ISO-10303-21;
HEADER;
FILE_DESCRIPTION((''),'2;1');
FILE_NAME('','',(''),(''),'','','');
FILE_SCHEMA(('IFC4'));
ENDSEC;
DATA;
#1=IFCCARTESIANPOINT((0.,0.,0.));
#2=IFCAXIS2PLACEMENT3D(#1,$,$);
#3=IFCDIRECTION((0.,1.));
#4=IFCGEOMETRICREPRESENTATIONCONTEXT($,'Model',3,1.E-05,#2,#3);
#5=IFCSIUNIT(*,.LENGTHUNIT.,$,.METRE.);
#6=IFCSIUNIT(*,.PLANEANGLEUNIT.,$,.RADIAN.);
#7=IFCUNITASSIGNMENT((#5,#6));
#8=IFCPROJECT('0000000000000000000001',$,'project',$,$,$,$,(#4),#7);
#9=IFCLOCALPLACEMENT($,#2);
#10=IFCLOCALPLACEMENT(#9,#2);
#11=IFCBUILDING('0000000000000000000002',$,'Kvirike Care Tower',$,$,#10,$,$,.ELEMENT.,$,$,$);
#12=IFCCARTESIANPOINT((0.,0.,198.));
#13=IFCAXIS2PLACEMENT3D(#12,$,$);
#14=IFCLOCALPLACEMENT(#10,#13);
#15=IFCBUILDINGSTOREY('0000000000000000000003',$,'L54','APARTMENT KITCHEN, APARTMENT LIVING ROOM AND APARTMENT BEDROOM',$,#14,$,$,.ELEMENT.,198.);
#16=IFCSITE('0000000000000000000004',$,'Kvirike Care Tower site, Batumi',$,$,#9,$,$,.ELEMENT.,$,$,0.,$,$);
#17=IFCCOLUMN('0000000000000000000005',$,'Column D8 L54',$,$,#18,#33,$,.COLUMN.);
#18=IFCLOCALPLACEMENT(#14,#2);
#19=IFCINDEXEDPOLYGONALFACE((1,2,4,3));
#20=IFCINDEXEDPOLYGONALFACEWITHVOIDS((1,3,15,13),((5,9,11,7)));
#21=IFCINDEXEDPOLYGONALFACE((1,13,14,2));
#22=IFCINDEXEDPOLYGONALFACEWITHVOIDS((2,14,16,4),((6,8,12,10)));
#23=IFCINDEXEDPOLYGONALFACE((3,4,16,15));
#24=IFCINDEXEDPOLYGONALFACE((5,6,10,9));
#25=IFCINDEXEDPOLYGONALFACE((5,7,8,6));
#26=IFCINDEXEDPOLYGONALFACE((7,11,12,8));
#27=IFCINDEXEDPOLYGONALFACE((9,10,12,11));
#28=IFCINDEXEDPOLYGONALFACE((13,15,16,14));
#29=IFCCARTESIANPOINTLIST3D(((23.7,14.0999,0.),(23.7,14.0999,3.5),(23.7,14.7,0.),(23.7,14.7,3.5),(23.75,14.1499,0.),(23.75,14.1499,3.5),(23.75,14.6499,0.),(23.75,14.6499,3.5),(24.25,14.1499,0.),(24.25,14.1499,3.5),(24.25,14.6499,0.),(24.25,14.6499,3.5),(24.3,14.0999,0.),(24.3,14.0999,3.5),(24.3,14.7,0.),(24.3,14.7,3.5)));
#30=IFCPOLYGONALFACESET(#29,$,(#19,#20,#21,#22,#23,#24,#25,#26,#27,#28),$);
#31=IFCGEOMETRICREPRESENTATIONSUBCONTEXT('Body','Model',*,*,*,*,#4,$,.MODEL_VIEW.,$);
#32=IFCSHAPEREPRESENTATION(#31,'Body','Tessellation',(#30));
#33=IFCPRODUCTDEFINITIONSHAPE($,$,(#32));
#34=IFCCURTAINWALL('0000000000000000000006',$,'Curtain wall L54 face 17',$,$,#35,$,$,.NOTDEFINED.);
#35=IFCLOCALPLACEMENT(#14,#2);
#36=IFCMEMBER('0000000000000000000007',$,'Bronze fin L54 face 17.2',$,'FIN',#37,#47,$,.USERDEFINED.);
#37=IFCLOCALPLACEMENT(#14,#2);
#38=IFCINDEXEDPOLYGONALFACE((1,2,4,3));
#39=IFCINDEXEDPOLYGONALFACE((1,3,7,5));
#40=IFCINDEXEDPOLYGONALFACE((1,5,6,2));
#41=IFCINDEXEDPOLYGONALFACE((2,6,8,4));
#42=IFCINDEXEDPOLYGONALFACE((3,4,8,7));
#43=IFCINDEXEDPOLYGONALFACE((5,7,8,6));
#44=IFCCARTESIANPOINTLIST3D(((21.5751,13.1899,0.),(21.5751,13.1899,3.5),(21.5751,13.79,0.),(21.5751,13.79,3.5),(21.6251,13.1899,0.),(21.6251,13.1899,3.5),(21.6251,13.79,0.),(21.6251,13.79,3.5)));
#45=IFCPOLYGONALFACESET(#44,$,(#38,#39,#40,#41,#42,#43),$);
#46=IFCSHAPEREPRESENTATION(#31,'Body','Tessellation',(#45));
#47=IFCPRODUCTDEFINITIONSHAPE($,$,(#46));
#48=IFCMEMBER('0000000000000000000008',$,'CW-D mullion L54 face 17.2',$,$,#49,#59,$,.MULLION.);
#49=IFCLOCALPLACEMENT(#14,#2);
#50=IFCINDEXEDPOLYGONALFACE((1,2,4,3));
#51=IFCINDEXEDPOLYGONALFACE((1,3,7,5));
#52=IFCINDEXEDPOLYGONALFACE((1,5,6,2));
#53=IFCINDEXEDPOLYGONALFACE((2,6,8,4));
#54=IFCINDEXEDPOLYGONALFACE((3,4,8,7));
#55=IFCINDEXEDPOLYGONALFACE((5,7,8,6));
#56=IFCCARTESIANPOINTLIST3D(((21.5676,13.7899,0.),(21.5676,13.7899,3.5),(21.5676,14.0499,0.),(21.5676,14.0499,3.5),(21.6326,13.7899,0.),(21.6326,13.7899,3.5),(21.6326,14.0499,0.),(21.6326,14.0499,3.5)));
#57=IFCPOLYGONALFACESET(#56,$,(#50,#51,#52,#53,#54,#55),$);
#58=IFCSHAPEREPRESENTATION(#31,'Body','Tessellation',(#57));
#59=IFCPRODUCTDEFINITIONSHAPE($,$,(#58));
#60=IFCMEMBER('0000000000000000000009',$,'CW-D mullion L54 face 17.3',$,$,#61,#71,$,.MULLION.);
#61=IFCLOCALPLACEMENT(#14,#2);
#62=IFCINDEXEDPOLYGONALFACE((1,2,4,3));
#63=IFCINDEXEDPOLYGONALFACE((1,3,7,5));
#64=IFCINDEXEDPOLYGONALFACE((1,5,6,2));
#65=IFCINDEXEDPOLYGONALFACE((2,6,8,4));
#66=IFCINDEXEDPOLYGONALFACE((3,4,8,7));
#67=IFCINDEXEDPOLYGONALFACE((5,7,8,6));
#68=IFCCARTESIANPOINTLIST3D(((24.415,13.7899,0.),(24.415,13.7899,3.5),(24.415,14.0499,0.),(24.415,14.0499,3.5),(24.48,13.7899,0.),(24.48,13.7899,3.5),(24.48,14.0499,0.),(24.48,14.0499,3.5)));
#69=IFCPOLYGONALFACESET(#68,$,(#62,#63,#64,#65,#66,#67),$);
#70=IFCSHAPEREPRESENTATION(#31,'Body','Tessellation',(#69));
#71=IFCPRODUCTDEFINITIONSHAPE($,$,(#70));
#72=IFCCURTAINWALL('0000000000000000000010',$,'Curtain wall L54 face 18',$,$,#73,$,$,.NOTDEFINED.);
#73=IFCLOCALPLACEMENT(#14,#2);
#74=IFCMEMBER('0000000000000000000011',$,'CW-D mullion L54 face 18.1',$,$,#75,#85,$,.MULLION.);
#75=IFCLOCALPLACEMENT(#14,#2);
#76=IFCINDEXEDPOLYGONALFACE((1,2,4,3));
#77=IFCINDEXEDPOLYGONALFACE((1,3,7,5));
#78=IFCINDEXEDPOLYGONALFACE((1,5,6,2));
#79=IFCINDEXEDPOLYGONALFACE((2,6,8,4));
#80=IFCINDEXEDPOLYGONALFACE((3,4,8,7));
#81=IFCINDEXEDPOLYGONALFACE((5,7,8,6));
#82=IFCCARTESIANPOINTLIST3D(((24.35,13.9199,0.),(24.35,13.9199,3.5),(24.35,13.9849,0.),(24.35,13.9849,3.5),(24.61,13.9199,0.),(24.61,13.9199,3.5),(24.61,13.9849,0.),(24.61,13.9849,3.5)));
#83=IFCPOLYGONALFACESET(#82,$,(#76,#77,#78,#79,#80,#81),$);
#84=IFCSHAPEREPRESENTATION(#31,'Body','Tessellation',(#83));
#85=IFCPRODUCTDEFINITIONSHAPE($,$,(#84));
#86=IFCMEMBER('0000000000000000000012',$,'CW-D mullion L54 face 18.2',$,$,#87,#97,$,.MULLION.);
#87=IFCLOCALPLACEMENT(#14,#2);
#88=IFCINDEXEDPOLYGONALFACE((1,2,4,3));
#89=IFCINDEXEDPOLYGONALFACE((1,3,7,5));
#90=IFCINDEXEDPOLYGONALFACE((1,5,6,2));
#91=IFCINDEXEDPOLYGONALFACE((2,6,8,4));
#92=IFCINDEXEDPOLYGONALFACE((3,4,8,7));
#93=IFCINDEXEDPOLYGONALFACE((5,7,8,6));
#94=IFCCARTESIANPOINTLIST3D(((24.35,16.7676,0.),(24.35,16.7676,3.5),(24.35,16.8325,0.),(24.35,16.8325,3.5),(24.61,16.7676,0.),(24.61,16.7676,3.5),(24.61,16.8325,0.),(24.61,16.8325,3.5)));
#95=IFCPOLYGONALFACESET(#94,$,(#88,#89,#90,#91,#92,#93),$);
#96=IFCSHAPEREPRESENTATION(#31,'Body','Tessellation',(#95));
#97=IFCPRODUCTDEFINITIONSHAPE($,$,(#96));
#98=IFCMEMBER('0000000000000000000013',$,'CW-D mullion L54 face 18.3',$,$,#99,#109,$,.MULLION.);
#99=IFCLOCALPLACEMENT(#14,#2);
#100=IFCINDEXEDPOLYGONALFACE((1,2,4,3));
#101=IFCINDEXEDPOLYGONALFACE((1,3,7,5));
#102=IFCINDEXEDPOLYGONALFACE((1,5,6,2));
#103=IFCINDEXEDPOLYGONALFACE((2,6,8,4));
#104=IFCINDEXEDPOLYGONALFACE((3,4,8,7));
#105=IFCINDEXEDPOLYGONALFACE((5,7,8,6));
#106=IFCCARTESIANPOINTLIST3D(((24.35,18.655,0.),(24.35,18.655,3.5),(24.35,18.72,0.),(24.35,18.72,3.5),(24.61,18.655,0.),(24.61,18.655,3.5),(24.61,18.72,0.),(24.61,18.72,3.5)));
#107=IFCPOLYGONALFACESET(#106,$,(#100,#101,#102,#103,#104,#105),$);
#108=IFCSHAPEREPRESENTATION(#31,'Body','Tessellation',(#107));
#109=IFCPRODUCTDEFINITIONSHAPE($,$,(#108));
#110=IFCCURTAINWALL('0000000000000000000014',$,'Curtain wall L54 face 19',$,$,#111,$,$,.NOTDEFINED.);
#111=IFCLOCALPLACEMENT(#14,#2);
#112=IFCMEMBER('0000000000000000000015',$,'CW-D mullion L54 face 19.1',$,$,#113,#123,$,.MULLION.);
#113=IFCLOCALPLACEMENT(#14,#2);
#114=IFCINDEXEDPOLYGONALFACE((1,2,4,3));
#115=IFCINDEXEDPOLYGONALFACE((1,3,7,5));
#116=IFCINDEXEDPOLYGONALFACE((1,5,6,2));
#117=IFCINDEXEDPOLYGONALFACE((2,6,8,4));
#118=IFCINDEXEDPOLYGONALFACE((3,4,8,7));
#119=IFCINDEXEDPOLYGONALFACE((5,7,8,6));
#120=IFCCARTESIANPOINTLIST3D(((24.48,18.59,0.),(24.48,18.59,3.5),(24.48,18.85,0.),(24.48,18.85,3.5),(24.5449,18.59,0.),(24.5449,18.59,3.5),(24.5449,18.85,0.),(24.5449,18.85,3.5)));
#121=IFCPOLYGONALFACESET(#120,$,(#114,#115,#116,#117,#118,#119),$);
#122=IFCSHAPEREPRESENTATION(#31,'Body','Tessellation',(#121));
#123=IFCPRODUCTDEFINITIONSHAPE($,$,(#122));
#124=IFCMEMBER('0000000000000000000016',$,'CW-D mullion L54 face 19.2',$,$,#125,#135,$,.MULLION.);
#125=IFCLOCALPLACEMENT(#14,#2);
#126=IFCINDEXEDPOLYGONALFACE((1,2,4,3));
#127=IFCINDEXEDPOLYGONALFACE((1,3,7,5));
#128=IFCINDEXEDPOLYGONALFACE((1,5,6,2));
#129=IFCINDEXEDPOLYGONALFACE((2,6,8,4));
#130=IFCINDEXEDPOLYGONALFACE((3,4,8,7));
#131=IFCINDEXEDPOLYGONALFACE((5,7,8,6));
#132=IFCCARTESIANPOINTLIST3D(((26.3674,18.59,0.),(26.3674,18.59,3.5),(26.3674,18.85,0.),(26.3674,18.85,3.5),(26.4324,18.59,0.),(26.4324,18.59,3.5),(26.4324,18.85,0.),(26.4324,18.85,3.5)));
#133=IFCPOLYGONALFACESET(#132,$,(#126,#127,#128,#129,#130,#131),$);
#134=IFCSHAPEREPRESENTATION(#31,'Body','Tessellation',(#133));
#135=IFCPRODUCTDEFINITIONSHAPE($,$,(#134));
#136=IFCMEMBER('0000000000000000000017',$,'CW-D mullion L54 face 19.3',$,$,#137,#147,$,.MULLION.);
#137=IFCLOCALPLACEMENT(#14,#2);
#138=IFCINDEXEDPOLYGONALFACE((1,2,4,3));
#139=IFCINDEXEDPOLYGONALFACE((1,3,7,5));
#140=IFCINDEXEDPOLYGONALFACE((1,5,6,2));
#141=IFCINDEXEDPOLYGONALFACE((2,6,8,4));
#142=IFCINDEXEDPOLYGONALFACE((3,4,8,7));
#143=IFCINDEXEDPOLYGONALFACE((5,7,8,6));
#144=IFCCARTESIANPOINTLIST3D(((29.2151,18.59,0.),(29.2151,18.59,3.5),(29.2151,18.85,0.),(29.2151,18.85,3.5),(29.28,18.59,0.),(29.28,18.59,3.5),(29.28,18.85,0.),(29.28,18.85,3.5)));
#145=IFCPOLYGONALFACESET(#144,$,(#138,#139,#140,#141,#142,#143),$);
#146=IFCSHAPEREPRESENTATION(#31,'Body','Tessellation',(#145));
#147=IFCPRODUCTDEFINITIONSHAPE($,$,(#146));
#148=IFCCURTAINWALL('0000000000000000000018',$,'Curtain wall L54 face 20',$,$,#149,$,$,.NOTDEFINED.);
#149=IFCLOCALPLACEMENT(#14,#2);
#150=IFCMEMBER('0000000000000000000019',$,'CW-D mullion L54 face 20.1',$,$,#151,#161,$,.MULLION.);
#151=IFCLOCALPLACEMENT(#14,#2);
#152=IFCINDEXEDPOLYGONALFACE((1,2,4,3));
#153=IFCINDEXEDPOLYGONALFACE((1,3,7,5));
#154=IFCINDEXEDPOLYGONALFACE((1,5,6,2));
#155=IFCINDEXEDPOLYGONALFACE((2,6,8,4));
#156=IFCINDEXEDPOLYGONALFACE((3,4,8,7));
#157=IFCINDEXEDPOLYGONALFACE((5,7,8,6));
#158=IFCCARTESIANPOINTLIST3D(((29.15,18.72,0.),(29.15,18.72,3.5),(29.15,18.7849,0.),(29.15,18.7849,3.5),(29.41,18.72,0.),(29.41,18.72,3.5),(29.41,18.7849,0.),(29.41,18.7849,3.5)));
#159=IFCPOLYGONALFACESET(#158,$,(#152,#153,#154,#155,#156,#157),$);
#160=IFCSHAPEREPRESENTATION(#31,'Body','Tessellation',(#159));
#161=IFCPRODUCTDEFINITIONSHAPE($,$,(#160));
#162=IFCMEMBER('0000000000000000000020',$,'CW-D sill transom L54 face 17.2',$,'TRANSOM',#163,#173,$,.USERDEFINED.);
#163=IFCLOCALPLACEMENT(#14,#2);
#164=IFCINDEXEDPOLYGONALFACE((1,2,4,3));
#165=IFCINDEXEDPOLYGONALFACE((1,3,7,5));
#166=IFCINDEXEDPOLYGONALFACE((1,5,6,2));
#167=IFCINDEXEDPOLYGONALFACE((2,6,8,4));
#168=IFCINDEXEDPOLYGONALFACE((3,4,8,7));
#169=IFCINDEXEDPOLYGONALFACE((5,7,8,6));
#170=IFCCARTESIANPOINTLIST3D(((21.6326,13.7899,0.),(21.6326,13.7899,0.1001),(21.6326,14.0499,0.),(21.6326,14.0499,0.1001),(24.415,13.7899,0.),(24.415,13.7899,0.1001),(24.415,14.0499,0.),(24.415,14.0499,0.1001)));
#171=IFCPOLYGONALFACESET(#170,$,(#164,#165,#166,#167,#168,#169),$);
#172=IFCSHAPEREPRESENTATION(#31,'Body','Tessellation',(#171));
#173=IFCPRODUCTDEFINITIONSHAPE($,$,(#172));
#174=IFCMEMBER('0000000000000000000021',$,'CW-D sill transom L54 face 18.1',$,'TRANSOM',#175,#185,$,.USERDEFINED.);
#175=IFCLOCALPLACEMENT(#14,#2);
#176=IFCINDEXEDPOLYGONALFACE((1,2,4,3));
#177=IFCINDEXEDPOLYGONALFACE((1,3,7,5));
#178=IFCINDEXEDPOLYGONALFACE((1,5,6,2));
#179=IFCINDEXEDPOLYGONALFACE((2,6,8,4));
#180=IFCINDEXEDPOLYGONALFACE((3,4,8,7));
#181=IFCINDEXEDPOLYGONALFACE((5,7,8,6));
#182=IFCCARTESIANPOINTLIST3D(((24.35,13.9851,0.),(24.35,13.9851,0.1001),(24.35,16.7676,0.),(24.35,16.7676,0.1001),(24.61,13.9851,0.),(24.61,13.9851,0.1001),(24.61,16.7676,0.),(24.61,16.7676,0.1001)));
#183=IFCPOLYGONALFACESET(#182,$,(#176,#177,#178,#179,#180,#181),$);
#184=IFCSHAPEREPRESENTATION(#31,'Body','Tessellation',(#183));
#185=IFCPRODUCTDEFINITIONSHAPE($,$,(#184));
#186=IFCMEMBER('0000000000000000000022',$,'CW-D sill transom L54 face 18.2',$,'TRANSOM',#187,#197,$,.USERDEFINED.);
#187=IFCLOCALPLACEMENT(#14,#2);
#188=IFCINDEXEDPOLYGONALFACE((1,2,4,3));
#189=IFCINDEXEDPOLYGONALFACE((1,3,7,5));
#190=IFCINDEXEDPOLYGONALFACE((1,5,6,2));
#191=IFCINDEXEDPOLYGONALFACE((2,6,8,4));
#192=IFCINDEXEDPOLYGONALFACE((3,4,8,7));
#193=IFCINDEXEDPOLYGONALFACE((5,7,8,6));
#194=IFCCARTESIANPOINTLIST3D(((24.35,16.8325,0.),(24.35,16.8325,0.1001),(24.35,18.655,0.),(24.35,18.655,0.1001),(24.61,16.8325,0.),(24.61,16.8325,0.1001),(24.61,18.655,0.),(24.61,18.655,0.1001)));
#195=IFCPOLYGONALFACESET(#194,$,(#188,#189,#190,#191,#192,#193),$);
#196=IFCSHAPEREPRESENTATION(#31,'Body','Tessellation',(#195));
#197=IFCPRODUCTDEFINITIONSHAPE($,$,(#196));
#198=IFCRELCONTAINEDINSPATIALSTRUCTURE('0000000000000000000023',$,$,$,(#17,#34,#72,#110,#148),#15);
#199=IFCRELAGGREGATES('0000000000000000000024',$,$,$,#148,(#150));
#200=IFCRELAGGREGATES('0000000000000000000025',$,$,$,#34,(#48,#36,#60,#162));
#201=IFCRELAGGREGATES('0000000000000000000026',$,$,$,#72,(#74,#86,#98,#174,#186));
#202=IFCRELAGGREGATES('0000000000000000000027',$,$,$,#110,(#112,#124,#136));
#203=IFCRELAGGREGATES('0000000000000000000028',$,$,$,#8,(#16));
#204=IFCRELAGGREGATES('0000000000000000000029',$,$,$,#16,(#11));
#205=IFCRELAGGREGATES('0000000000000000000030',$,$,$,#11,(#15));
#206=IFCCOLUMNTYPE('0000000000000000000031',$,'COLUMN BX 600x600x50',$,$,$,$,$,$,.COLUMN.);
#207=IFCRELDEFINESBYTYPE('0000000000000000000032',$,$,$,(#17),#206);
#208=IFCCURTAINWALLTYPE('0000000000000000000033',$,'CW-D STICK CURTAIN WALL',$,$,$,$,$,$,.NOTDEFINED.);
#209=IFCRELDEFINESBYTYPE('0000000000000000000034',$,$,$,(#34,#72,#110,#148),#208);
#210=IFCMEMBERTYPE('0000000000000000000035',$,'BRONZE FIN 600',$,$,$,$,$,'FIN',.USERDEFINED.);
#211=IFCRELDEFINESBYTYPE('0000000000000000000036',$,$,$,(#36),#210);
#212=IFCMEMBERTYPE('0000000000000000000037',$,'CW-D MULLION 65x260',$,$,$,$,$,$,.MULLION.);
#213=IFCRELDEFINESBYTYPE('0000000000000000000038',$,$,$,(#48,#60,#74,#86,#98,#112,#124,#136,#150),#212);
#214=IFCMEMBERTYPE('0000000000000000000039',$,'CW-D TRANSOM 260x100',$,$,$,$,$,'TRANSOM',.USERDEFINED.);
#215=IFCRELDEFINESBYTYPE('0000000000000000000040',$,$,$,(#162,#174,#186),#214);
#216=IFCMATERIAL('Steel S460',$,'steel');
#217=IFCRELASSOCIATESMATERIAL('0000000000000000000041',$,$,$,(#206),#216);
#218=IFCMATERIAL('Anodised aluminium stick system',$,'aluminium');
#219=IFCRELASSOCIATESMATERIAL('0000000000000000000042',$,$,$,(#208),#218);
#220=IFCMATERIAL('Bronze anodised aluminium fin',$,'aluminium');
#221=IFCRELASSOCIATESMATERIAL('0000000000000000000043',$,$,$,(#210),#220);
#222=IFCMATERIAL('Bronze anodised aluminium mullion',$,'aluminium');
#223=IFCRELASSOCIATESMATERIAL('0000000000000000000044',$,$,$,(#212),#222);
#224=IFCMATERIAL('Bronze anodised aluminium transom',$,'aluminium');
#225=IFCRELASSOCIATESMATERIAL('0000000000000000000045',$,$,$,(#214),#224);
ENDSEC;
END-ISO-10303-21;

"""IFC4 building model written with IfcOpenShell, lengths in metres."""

from ifc_helpers import new_model, si_unit, direction, frame, origin, origin_2d, place, context, subcontext, project, spatial, rectangle, hollow_rectangle, extrude, material, material_profile, profile_set, type_object, element, aggregate, save


model = new_model("IFC4")

# Units and contexts
model_context = context("Model", 3, precision=1e-05, world=origin(), true_north=direction((0.0, 1.0)))
body_context = subcontext(model_context, "Body", "Model", "MODEL_VIEW")
ifc_project = project(units=[si_unit("LENGTHUNIT", "METRE"), si_unit("PLANEANGLEUNIT", "RADIAN")], contexts=[model_context])

# Site, building, storey
site_placement = place(None, origin())
site = spatial("IfcSite", under=ifc_project, at=site_placement, Name="Kvirike Care Tower site, Batumi", CompositionType="ELEMENT", RefElevation=0.0)
building_placement = place(site_placement, origin())
building = spatial("IfcBuilding", under=site, at=building_placement, Name="Kvirike Care Tower", CompositionType="ELEMENT")
storey_placement = place(building_placement, frame((0.0, 0.0, 198.0)))
storey = spatial("IfcBuildingStorey", under=building, at=storey_placement, Name="L54", Description="APARTMENT KITCHEN, APARTMENT LIVING ROOM AND APARTMENT BEDROOM", CompositionType="ELEMENT", Elevation=198.0)

# Column
ifc_material_1 = material(Name="Steel S460", Category="steel")
ifc_material_profile_1 = material_profile(ifc_material_1, hollow_rectangle(XDim=0.6001, YDim=0.6001, WallThickness=0.05, at=origin_2d()), Name="BX 600x600x50")
ifc_profile_set_1 = profile_set([ifc_material_profile_1], Name="Steel S460")
column_type = type_object("IfcColumnType", Name="COLUMN BX 600x600x50", PredefinedType="COLUMN", material=ifc_profile_set_1)
column_placement = place(storey_placement, frame((24.0, 14.3999, 0.0), z_axis=(0.0, 0.0, 1.0), x_axis=(0.0, 1.0, 0.0)))
element("IfcColumn", 1, at=column_placement, inside=storey, type_object=column_type, Name="Column D8 L54", PredefinedType="COLUMN", context=body_context, shape_type="SweptSolid", body=[
    extrude(hollow_rectangle(XDim=0.6001, YDim=0.6001, WallThickness=0.05, at=origin_2d()), origin(), (0.0, 0.0, 1.0), 3.5),
])

# Curtain walls, members
ifc_material_2 = material(Name="Anodised aluminium stick system", Category="aluminium")
curtain_wall_type = type_object("IfcCurtainWallType", Name="CW-D STICK CURTAIN WALL", PredefinedType="NOTDEFINED", material=ifc_material_2)
curtain_wall_1_placement = place(storey_placement, origin())
curtain_wall_1 = element("IfcCurtainWall", 2, at=curtain_wall_1_placement, inside=storey, type_object=curtain_wall_type, Name="Curtain wall L54 face 17", PredefinedType="NOTDEFINED")
ifc_material_3 = material(Name="Bronze anodised aluminium fin", Category="aluminium")
ifc_material_profile_2 = material_profile(ifc_material_3, rectangle(XDim=0.05, YDim=0.6001, at=origin_2d()), Name="BRONZE FIN 600")
ifc_profile_set_2 = profile_set([ifc_material_profile_2], Name="Bronze anodised aluminium fin")
member_type_1 = type_object("IfcMemberType", Name="BRONZE FIN 600", ElementType="FIN", PredefinedType="USERDEFINED", material=ifc_profile_set_2)
member_1_placement = place(storey_placement, frame((21.6001, 13.49, 0.0), z_axis=(0.0, 0.0, 1.0), x_axis=(1.0, 0.0, 0.0)))
member_1 = element("IfcMember", 3, at=member_1_placement, type_object=member_type_1, Name="Bronze fin L54 face 17.2", ObjectType="FIN", PredefinedType="USERDEFINED", context=body_context, shape_type="SweptSolid", body=[
    extrude(rectangle(XDim=0.05, YDim=0.6001, at=origin_2d()), origin(), (0.0, 0.0, 1.0), 3.5),
])
ifc_material_4 = material(Name="Bronze anodised aluminium mullion", Category="aluminium")
ifc_material_profile_3 = material_profile(ifc_material_4, rectangle(XDim=0.0649, YDim=0.26, at=origin_2d()), Name="CW-D MULLION 65x260")
ifc_profile_set_3 = profile_set([ifc_material_profile_3], Name="Bronze anodised aluminium mullion")
member_type_2 = type_object("IfcMemberType", Name="CW-D MULLION 65x260", PredefinedType="MULLION", material=ifc_profile_set_3)
member_2_placement = place(storey_placement, frame((21.6001, 13.9199, 0.0), z_axis=(0.0, 0.0, 1.0), x_axis=(1.0, 0.0, 0.0)))
member_2 = element("IfcMember", 4, at=member_2_placement, type_object=member_type_2, Name="CW-D mullion L54 face 17.2", PredefinedType="MULLION", context=body_context, shape_type="SweptSolid", body=[
    extrude(rectangle(XDim=0.0649, YDim=0.26, at=origin_2d()), origin(), (0.0, 0.0, 1.0), 3.5),
])
member_3_placement = place(storey_placement, frame((24.4475, 13.9199, 0.0), z_axis=(0.0, 0.0, 1.0), x_axis=(1.0, 0.0, 0.0)))
member_3 = element("IfcMember", 5, at=member_3_placement, type_object=member_type_2, Name="CW-D mullion L54 face 17.3", PredefinedType="MULLION", context=body_context, shape_type="SweptSolid", body=[
    extrude(rectangle(XDim=0.0649, YDim=0.26, at=origin_2d()), origin(), (0.0, 0.0, 1.0), 3.5),
])
curtain_wall_2_placement = place(storey_placement, origin())
curtain_wall_2 = element("IfcCurtainWall", 6, at=curtain_wall_2_placement, inside=storey, type_object=curtain_wall_type, Name="Curtain wall L54 face 18", PredefinedType="NOTDEFINED")
member_4_placement = place(storey_placement, frame((24.48, 13.9524, 0.0), z_axis=(0.0, 0.0, 1.0), x_axis=(0.0, 1.0, 0.0)))
member_4 = element("IfcMember", 7, at=member_4_placement, type_object=member_type_2, Name="CW-D mullion L54 face 18.1", PredefinedType="MULLION", context=body_context, shape_type="SweptSolid", body=[
    extrude(rectangle(XDim=0.0649, YDim=0.26, at=origin_2d()), origin(), (0.0, 0.0, 1.0), 3.5),
])
member_5_placement = place(storey_placement, frame((24.48, 16.8, 0.0), z_axis=(0.0, 0.0, 1.0), x_axis=(0.0, 1.0, 0.0)))
member_5 = element("IfcMember", 8, at=member_5_placement, type_object=member_type_2, Name="CW-D mullion L54 face 18.2", PredefinedType="MULLION", context=body_context, shape_type="SweptSolid", body=[
    extrude(rectangle(XDim=0.0649, YDim=0.26, at=origin_2d()), origin(), (0.0, 0.0, 1.0), 3.5),
])
member_6_placement = place(storey_placement, frame((24.48, 18.6875, 0.0), z_axis=(0.0, 0.0, 1.0), x_axis=(0.0, 1.0, 0.0)))
member_6 = element("IfcMember", 9, at=member_6_placement, type_object=member_type_2, Name="CW-D mullion L54 face 18.3", PredefinedType="MULLION", context=body_context, shape_type="SweptSolid", body=[
    extrude(rectangle(XDim=0.0649, YDim=0.26, at=origin_2d()), origin(), (0.0, 0.0, 1.0), 3.5),
])
curtain_wall_3_placement = place(storey_placement, origin())
curtain_wall_3 = element("IfcCurtainWall", 10, at=curtain_wall_3_placement, inside=storey, type_object=curtain_wall_type, Name="Curtain wall L54 face 19", PredefinedType="NOTDEFINED")
member_7_placement = place(storey_placement, frame((24.5125, 18.72, 0.0), z_axis=(0.0, 0.0, 1.0), x_axis=(1.0, 0.0, 0.0)))
member_7 = element("IfcMember", 11, at=member_7_placement, type_object=member_type_2, Name="CW-D mullion L54 face 19.1", PredefinedType="MULLION", context=body_context, shape_type="SweptSolid", body=[
    extrude(rectangle(XDim=0.0649, YDim=0.26, at=origin_2d()), origin(), (0.0, 0.0, 1.0), 3.5),
])
member_8_placement = place(storey_placement, frame((26.3999, 18.72, 0.0), z_axis=(0.0, 0.0, 1.0), x_axis=(1.0, 0.0, 0.0)))
member_8 = element("IfcMember", 12, at=member_8_placement, type_object=member_type_2, Name="CW-D mullion L54 face 19.2", PredefinedType="MULLION", context=body_context, shape_type="SweptSolid", body=[
    extrude(rectangle(XDim=0.0649, YDim=0.26, at=origin_2d()), origin(), (0.0, 0.0, 1.0), 3.5),
])
member_9_placement = place(storey_placement, frame((29.2476, 18.72, 0.0), z_axis=(0.0, 0.0, 1.0), x_axis=(1.0, 0.0, 0.0)))
member_9 = element("IfcMember", 13, at=member_9_placement, type_object=member_type_2, Name="CW-D mullion L54 face 19.3", PredefinedType="MULLION", context=body_context, shape_type="SweptSolid", body=[
    extrude(rectangle(XDim=0.0649, YDim=0.26, at=origin_2d()), origin(), (0.0, 0.0, 1.0), 3.5),
])

# Curtain wall, member
curtain_wall_4_placement = place(storey_placement, origin())
curtain_wall_4 = element("IfcCurtainWall", 14, at=curtain_wall_4_placement, inside=storey, type_object=curtain_wall_type, Name="Curtain wall L54 face 20", PredefinedType="NOTDEFINED")
member_10_placement = place(storey_placement, frame((29.28, 18.7524, 0.0), z_axis=(0.0, 0.0, 1.0), x_axis=(0.0, 1.0, 0.0)))
member_10 = element("IfcMember", 15, at=member_10_placement, type_object=member_type_2, Name="CW-D mullion L54 face 20.1", PredefinedType="MULLION", context=body_context, shape_type="SweptSolid", body=[
    extrude(rectangle(XDim=0.0649, YDim=0.26, at=origin_2d()), origin(), (0.0, 0.0, 1.0), 3.5),
])
aggregate(curtain_wall_4, [member_10])

# Members
ifc_material_5 = material(Name="Bronze anodised aluminium transom", Category="aluminium")
ifc_material_profile_4 = material_profile(ifc_material_5, rectangle(XDim=0.26, YDim=0.1001, at=origin_2d()), Name="CW-D TRANSOM 260x100")
ifc_profile_set_4 = profile_set([ifc_material_profile_4], Name="Bronze anodised aluminium transom")
member_type_3 = type_object("IfcMemberType", Name="CW-D TRANSOM 260x100", ElementType="TRANSOM", PredefinedType="USERDEFINED", material=ifc_profile_set_4)
member_11_placement = place(storey_placement, frame((21.6326, 13.9199, 0.05), z_axis=(1.0, 0.0, 0.0), x_axis=(0.0, 1.0, 0.0)))
member_11 = element("IfcMember", 16, at=member_11_placement, type_object=member_type_3, Name="CW-D sill transom L54 face 17.2", ObjectType="TRANSOM", PredefinedType="USERDEFINED", context=body_context, shape_type="SweptSolid", body=[
    extrude(rectangle(XDim=0.26, YDim=0.1001, at=origin_2d()), origin(), (0.0, 0.0, 1.0), 2.7825),
])
member_12_placement = place(storey_placement, frame((24.48, 13.9851, 0.05), z_axis=(0.0, 1.0, 0.0), x_axis=(-1.0, 0.0, 0.0)))
member_12 = element("IfcMember", 17, at=member_12_placement, type_object=member_type_3, Name="CW-D sill transom L54 face 18.1", ObjectType="TRANSOM", PredefinedType="USERDEFINED", context=body_context, shape_type="SweptSolid", body=[
    extrude(rectangle(XDim=0.26, YDim=0.1001, at=origin_2d()), origin(), (0.0, 0.0, 1.0), 2.7825),
])
member_13_placement = place(storey_placement, frame((24.48, 16.8325, 0.05), z_axis=(0.0, 1.0, 0.0), x_axis=(-1.0, 0.0, 0.0)))
member_13 = element("IfcMember", 18, at=member_13_placement, type_object=member_type_3, Name="CW-D sill transom L54 face 18.2", ObjectType="TRANSOM", PredefinedType="USERDEFINED", context=body_context, shape_type="SweptSolid", body=[
    extrude(rectangle(XDim=0.26, YDim=0.1001, at=origin_2d()), origin(), (0.0, 0.0, 1.0), 1.8225),
])

aggregate(curtain_wall_1, [member_2, member_1, member_3, member_11])
aggregate(curtain_wall_2, [member_4, member_5, member_6, member_12, member_13])
aggregate(curtain_wall_3, [member_7, member_8, member_9])

save(model, "model.ifc")
